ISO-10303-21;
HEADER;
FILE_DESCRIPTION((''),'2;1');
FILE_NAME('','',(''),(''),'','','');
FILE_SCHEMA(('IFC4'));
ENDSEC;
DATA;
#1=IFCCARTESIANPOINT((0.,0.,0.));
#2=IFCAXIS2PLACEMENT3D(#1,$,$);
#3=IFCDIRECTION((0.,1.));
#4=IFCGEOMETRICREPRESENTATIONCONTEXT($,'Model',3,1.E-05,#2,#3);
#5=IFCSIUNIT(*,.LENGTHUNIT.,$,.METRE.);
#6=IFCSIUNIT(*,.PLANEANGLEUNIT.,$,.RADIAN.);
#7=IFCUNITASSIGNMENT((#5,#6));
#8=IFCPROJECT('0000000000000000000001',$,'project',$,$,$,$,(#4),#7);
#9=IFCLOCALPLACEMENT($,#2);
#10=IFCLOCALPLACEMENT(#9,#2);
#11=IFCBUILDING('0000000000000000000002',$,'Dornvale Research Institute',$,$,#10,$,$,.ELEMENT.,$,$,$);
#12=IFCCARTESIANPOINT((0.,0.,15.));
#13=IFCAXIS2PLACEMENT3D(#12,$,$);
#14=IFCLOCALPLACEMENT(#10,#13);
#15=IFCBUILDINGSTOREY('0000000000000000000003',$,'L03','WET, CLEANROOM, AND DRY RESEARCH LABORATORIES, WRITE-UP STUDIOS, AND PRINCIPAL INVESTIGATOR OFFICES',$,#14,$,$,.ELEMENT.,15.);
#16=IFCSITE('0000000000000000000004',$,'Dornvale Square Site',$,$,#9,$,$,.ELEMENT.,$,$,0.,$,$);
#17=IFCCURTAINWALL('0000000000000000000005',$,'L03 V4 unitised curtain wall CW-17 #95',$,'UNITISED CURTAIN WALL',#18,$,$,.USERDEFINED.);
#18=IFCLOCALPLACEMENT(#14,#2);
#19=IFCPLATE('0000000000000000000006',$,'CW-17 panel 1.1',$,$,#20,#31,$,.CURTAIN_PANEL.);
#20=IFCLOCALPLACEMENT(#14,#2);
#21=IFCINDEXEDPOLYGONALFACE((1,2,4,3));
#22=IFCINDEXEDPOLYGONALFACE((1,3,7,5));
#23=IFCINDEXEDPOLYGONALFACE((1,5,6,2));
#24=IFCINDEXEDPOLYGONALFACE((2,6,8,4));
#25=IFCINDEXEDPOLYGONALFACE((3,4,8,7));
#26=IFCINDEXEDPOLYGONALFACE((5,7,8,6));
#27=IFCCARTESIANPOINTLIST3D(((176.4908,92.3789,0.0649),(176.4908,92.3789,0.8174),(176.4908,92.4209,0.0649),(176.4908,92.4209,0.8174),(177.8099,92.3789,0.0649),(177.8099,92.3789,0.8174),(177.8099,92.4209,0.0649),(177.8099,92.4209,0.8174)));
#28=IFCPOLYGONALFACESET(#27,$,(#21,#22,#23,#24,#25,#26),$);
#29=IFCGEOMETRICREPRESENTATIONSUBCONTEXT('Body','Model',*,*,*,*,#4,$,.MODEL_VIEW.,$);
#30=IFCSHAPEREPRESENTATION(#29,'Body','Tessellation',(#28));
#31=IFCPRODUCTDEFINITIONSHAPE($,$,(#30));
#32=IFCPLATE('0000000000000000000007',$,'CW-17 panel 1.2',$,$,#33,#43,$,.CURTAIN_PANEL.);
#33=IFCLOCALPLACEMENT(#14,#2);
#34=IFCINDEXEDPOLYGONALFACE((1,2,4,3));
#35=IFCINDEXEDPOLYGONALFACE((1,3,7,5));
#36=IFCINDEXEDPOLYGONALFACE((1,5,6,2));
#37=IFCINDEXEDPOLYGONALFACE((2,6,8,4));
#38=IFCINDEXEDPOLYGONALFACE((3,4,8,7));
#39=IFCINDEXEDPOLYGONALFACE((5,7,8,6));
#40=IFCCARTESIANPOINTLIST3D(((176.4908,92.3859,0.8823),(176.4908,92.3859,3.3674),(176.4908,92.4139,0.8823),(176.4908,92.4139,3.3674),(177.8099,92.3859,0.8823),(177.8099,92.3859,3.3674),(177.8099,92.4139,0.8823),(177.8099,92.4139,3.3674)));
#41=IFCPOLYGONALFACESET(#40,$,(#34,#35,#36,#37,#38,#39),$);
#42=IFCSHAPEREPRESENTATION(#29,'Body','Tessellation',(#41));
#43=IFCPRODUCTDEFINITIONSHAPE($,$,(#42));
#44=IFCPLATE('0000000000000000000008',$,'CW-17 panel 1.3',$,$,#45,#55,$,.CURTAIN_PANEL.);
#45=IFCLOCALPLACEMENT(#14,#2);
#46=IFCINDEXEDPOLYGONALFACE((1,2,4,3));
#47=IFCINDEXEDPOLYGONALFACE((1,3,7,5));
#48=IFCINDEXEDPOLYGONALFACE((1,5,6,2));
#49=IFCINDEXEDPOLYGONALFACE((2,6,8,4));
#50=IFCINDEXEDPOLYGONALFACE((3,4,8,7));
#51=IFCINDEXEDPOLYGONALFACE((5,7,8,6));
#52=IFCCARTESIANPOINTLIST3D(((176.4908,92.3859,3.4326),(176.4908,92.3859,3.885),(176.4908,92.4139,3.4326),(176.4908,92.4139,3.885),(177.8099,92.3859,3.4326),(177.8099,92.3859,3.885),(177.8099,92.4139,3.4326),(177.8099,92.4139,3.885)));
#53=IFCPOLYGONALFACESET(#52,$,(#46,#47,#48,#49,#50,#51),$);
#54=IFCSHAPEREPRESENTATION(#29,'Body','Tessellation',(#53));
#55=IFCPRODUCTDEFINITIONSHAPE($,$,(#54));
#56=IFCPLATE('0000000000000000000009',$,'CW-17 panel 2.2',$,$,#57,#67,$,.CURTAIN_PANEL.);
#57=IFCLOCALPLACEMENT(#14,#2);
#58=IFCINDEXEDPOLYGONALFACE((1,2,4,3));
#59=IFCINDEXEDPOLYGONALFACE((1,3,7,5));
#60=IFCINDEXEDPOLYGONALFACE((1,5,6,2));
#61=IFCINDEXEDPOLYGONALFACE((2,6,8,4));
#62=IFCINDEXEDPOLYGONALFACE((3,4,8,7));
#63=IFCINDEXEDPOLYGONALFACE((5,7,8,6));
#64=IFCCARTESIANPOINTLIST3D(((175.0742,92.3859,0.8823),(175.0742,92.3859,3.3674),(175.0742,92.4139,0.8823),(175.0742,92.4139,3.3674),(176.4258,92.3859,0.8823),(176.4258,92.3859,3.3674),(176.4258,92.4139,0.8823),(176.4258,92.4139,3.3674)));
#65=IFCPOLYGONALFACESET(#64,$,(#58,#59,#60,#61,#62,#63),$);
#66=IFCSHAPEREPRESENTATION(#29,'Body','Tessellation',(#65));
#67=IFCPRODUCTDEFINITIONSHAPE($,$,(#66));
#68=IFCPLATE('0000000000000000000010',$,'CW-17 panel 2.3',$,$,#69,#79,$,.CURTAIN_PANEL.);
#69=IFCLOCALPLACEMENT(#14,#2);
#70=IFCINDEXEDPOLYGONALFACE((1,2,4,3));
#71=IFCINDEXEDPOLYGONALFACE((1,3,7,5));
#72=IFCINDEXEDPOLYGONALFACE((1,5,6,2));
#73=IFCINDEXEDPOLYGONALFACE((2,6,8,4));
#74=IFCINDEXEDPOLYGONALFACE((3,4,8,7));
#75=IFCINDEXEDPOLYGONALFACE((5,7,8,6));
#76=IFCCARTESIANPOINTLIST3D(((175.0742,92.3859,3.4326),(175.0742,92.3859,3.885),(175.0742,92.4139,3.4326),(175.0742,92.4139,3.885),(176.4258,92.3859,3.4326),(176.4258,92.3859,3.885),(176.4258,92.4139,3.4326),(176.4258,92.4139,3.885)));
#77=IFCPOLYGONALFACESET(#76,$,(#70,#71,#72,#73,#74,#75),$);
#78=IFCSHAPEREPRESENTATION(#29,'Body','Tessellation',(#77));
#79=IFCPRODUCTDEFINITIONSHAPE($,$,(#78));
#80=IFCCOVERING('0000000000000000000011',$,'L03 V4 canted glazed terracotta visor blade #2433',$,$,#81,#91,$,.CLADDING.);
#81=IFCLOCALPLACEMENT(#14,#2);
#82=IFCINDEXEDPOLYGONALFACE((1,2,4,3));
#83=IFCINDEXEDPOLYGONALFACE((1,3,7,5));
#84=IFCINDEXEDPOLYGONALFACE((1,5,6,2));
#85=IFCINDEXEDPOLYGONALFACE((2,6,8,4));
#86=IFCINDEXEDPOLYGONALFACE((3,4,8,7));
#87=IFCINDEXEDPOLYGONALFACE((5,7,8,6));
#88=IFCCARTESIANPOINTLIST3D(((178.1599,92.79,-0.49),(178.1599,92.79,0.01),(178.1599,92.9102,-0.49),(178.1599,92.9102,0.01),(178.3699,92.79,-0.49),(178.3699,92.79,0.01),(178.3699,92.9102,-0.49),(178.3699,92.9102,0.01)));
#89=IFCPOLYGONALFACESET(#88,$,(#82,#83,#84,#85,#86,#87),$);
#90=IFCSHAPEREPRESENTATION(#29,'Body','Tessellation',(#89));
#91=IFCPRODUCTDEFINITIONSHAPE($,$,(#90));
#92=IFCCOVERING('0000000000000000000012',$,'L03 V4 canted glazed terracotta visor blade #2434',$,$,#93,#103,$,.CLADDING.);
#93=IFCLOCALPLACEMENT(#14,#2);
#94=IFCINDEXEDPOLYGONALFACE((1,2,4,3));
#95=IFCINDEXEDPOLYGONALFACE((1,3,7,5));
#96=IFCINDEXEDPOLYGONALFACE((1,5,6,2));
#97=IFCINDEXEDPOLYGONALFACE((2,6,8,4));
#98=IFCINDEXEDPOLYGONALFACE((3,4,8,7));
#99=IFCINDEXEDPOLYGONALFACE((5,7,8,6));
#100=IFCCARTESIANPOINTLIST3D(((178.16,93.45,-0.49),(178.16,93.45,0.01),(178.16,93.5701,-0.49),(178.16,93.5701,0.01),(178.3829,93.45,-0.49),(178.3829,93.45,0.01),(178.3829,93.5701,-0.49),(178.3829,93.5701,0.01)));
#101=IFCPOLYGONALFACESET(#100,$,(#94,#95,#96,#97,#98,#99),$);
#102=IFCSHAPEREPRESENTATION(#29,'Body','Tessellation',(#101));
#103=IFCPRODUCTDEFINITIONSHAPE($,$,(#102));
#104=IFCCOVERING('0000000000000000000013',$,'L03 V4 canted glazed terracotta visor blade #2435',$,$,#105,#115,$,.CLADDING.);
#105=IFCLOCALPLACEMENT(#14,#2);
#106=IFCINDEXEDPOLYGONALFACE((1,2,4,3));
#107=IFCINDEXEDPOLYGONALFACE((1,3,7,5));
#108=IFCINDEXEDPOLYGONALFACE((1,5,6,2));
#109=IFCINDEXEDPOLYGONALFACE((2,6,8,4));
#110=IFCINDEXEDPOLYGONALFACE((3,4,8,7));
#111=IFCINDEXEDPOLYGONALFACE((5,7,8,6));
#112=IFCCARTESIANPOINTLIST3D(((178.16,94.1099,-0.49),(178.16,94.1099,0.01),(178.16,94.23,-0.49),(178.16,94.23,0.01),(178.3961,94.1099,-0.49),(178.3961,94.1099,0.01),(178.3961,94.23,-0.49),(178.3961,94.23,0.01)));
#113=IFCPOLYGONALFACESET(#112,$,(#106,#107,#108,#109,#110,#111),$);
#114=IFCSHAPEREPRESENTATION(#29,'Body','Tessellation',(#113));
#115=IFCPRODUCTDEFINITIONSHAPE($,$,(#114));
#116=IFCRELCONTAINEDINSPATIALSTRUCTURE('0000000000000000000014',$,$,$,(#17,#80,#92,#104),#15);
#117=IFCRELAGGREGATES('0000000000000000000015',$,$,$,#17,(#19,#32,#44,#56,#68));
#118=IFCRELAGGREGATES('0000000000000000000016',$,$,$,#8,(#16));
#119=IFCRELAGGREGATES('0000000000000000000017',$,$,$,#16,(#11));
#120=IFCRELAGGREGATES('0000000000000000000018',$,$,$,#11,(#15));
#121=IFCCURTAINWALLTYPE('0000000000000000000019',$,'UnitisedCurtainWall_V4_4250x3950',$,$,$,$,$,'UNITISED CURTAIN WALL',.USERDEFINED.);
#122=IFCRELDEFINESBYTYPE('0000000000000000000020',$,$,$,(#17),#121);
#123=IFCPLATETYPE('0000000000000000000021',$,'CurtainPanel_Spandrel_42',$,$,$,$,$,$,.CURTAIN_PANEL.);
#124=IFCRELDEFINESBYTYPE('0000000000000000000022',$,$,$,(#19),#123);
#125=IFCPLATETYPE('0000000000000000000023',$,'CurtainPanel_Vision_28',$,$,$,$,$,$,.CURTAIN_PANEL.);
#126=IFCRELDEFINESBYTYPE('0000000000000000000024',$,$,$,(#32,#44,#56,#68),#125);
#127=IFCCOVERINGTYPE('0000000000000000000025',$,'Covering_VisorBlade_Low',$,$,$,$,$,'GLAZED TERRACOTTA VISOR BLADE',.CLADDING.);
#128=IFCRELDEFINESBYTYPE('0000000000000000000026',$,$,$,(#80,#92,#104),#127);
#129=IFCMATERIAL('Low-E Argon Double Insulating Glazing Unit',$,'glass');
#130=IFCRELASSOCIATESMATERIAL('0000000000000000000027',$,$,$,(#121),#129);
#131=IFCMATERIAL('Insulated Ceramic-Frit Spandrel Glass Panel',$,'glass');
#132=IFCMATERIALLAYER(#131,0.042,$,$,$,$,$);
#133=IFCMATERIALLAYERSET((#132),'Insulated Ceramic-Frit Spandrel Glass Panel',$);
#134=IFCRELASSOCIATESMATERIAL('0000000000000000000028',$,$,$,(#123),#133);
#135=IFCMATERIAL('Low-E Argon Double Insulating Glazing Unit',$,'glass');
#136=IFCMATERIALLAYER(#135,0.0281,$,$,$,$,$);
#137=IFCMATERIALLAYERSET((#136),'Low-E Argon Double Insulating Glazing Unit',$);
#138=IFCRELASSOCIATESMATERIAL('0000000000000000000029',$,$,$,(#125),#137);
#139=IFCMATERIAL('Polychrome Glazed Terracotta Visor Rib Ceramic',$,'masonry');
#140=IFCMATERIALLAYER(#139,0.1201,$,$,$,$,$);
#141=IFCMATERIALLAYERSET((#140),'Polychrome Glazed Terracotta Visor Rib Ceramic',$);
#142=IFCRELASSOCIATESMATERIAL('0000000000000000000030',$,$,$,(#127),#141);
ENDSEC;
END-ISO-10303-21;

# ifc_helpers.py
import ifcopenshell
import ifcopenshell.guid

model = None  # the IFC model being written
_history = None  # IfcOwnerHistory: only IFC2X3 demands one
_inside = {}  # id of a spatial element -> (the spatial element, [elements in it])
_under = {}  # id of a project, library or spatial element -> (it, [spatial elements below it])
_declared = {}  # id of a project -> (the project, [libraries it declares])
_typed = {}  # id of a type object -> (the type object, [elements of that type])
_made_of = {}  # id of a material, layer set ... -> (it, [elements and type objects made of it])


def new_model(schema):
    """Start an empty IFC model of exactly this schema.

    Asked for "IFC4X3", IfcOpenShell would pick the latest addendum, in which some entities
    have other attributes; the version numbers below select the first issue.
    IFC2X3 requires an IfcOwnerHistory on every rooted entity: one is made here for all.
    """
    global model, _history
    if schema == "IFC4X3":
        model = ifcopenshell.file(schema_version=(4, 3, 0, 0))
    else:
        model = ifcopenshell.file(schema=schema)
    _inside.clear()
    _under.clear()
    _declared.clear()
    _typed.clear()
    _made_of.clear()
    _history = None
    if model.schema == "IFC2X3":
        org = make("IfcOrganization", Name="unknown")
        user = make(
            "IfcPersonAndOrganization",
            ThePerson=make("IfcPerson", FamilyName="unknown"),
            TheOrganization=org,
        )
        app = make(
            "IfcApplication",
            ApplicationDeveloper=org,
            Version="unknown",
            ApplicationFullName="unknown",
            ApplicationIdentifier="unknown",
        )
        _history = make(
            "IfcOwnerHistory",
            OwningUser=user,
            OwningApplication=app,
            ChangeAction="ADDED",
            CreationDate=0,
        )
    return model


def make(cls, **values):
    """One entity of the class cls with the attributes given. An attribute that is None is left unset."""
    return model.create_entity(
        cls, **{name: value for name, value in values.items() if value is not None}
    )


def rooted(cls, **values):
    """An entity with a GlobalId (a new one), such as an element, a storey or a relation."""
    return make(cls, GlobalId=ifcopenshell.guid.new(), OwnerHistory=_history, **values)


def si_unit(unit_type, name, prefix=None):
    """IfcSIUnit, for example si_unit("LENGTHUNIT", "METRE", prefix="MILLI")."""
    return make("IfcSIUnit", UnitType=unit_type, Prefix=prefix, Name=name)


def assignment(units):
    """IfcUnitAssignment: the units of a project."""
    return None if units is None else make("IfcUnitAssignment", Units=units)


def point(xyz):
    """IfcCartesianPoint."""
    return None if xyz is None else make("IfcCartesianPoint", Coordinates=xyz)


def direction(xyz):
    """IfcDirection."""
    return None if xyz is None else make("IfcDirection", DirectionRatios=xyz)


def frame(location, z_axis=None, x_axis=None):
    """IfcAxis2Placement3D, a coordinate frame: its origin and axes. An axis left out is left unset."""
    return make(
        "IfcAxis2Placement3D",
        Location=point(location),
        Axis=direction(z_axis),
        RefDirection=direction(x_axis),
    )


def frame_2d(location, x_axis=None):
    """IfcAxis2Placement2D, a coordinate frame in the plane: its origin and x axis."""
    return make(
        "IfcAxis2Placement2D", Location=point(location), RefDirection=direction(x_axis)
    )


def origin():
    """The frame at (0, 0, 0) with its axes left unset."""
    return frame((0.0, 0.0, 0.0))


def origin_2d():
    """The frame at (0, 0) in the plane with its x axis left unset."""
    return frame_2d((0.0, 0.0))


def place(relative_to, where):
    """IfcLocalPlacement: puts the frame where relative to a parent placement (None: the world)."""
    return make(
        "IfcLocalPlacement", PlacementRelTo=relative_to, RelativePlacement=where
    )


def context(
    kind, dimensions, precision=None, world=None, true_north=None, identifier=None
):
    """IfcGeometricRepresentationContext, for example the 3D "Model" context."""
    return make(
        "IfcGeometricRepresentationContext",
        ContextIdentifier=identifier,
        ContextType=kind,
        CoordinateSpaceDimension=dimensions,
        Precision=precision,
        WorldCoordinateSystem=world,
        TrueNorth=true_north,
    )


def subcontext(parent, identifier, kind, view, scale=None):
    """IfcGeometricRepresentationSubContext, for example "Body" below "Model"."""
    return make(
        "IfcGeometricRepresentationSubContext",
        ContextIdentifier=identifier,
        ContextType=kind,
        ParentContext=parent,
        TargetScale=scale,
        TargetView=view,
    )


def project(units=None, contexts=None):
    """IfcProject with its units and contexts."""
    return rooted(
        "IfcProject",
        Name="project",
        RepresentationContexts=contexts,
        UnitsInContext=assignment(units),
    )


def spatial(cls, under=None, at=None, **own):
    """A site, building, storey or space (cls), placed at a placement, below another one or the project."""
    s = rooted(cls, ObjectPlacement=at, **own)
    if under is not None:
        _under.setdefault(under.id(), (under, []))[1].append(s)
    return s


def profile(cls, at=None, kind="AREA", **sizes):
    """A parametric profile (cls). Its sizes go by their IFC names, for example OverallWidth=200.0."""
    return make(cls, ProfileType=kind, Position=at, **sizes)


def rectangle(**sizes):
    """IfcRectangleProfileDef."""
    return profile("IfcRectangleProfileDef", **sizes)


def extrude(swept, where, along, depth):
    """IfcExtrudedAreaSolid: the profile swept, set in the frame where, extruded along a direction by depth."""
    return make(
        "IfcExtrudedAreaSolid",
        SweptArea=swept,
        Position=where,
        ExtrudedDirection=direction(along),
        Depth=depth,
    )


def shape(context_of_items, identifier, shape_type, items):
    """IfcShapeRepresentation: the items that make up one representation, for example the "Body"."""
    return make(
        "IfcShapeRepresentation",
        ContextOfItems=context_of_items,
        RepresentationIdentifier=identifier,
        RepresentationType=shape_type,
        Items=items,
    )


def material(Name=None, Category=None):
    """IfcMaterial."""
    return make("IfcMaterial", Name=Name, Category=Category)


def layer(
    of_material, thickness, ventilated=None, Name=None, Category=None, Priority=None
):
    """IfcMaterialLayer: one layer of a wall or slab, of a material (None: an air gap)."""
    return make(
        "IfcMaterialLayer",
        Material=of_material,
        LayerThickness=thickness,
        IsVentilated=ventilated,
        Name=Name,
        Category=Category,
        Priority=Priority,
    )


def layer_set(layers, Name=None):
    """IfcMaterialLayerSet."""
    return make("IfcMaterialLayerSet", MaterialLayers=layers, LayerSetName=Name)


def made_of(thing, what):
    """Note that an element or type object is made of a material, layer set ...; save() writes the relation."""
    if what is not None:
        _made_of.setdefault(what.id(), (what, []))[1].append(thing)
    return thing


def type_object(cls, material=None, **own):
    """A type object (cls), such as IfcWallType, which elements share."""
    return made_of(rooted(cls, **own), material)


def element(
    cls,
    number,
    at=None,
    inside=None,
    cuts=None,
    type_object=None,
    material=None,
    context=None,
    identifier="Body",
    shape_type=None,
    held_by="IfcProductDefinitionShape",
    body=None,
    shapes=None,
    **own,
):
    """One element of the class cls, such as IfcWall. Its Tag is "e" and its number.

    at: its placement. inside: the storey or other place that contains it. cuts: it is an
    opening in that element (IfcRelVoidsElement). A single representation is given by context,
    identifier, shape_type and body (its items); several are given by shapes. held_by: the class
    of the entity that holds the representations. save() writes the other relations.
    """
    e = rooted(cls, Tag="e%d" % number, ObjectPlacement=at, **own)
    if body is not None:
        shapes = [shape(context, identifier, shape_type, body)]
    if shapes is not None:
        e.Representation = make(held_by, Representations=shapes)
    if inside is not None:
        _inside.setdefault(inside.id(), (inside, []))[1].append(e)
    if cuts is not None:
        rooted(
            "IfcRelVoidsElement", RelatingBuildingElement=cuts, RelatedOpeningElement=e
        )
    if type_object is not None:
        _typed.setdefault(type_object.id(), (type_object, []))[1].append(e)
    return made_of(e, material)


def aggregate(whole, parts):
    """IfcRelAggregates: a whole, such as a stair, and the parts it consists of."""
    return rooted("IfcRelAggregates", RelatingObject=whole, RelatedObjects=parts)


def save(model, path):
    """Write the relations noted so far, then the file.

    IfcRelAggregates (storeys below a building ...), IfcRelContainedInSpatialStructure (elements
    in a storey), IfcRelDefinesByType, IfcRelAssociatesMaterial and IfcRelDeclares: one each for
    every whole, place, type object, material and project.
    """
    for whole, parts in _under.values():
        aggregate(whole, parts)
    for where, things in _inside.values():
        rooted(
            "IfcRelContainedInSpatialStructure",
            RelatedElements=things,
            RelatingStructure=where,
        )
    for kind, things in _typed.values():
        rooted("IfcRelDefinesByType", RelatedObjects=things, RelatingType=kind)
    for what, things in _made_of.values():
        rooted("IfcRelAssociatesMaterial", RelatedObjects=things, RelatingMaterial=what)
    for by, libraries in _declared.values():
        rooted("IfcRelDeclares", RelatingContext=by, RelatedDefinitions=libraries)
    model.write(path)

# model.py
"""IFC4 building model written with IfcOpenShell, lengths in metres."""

from ifc_helpers import new_model, si_unit, direction, frame, origin, origin_2d, place, context, subcontext, project, spatial, rectangle, extrude, material, layer, layer_set, type_object, element, aggregate, save


model = new_model("IFC4")

# Units and contexts
model_context = context("Model", 3, precision=1e-05, world=origin(), true_north=direction((0.0, 1.0)))
body_context = subcontext(model_context, "Body", "Model", "MODEL_VIEW")
ifc_project = project(units=[si_unit("LENGTHUNIT", "METRE"), si_unit("PLANEANGLEUNIT", "RADIAN")], contexts=[model_context])

# Site, building, storey
site_placement = place(None, origin())
site = spatial("IfcSite", under=ifc_project, at=site_placement, Name="Dornvale Square Site", CompositionType="ELEMENT", RefElevation=0.0)
building_placement = place(site_placement, origin())
building = spatial("IfcBuilding", under=site, at=building_placement, Name="Dornvale Research Institute", CompositionType="ELEMENT")
storey_placement = place(building_placement, frame((0.0, 0.0, 15.0)))
storey = spatial("IfcBuildingStorey", under=building, at=storey_placement, Name="L03", Description="WET, CLEANROOM, AND DRY RESEARCH LABORATORIES, WRITE-UP STUDIOS, AND PRINCIPAL INVESTIGATOR OFFICES", CompositionType="ELEMENT", Elevation=15.0)

# Curtain wall
ifc_material_1 = material(Name="Low-E Argon Double Insulating Glazing Unit", Category="glass")
curtain_wall_type = type_object("IfcCurtainWallType", Name="UnitisedCurtainWall_V4_4250x3950", ElementType="UNITISED CURTAIN WALL", PredefinedType="USERDEFINED", material=ifc_material_1)
curtain_wall_placement = place(storey_placement, origin())
curtain_wall = element("IfcCurtainWall", 1, at=curtain_wall_placement, inside=storey, type_object=curtain_wall_type, Name="L03 V4 unitised curtain wall CW-17 #95", ObjectType="UNITISED CURTAIN WALL", PredefinedType="USERDEFINED")

# Plates
ifc_material_2 = material(Name="Insulated Ceramic-Frit Spandrel Glass Panel", Category="glass")
ifc_layer_1 = layer(ifc_material_2, 0.042)
ifc_layer_set_1 = layer_set([ifc_layer_1], Name="Insulated Ceramic-Frit Spandrel Glass Panel")
plate_type_1 = type_object("IfcPlateType", Name="CurtainPanel_Spandrel_42", PredefinedType="CURTAIN_PANEL", material=ifc_layer_set_1)
plate_1_placement = place(storey_placement, frame((177.1504, 92.3999, 0.0649), z_axis=(0.0, 0.0, 1.0), x_axis=(-1.0, 0.0, 0.0)))
plate_1 = element("IfcPlate", 2, at=plate_1_placement, type_object=plate_type_1, Name="CW-17 panel 1.1", PredefinedType="CURTAIN_PANEL", context=body_context, shape_type="SweptSolid", body=[
    extrude(rectangle(XDim=1.3191, YDim=0.042, at=origin_2d()), origin(), (0.0, 0.0, 1.0), 0.7524),
])
ifc_material_3 = material(Name="Low-E Argon Double Insulating Glazing Unit", Category="glass")
ifc_layer_2 = layer(ifc_material_3, 0.0281)
ifc_layer_set_2 = layer_set([ifc_layer_2], Name="Low-E Argon Double Insulating Glazing Unit")
plate_type_2 = type_object("IfcPlateType", Name="CurtainPanel_Vision_28", PredefinedType="CURTAIN_PANEL", material=ifc_layer_set_2)
plate_2_placement = place(storey_placement, frame((177.1504, 92.3999, 0.8823), z_axis=(0.0, 0.0, 1.0), x_axis=(-1.0, 0.0, 0.0)))
plate_2 = element("IfcPlate", 3, at=plate_2_placement, type_object=plate_type_2, Name="CW-17 panel 1.2", PredefinedType="CURTAIN_PANEL", context=body_context, shape_type="SweptSolid", body=[
    extrude(rectangle(XDim=1.3191, YDim=0.0281, at=origin_2d()), origin(), (0.0, 0.0, 1.0), 2.4851),
])
plate_3_placement = place(storey_placement, frame((177.1504, 92.3999, 3.4326), z_axis=(0.0, 0.0, 1.0), x_axis=(-1.0, 0.0, 0.0)))
plate_3 = element("IfcPlate", 4, at=plate_3_placement, type_object=plate_type_2, Name="CW-17 panel 1.3", PredefinedType="CURTAIN_PANEL", context=body_context, shape_type="SweptSolid", body=[
    extrude(rectangle(XDim=1.3191, YDim=0.0281, at=origin_2d()), origin(), (0.0, 0.0, 1.0), 0.4524),
])
plate_4_placement = place(storey_placement, frame((175.75, 92.3999, 0.8823), z_axis=(0.0, 0.0, 1.0), x_axis=(-1.0, 0.0, 0.0)))
plate_4 = element("IfcPlate", 5, at=plate_4_placement, type_object=plate_type_2, Name="CW-17 panel 2.2", PredefinedType="CURTAIN_PANEL", context=body_context, shape_type="SweptSolid", body=[
    extrude(rectangle(XDim=1.3516, YDim=0.0281, at=origin_2d()), origin(), (0.0, 0.0, 1.0), 2.4851),
])
plate_5_placement = place(storey_placement, frame((175.75, 92.3999, 3.4326), z_axis=(0.0, 0.0, 1.0), x_axis=(-1.0, 0.0, 0.0)))
plate_5 = element("IfcPlate", 6, at=plate_5_placement, type_object=plate_type_2, Name="CW-17 panel 2.3", PredefinedType="CURTAIN_PANEL", context=body_context, shape_type="SweptSolid", body=[
    extrude(rectangle(XDim=1.3516, YDim=0.0281, at=origin_2d()), origin(), (0.0, 0.0, 1.0), 0.4524),
])
aggregate(curtain_wall, [plate_1, plate_2, plate_3, plate_4, plate_5])

# Coverings
ifc_material_4 = material(Name="Polychrome Glazed Terracotta Visor Rib Ceramic", Category="masonry")
ifc_layer_3 = layer(ifc_material_4, 0.1201)
ifc_layer_set_3 = layer_set([ifc_layer_3], Name="Polychrome Glazed Terracotta Visor Rib Ceramic")
covering_type = type_object("IfcCoveringType", Name="Covering_VisorBlade_Low", ElementType="GLAZED TERRACOTTA VISOR BLADE", PredefinedType="CLADDING", material=ifc_layer_set_3)
covering_1_placement = place(storey_placement, frame((178.2649, 92.8501, -0.49), z_axis=(0.0, 0.0, 1.0), x_axis=(1.0, 0.0, 0.0)))
element("IfcCovering", 7, at=covering_1_placement, inside=storey, type_object=covering_type, Name="L03 V4 canted glazed terracotta visor blade #2433", PredefinedType="CLADDING", context=body_context, shape_type="SweptSolid", body=[
    extrude(rectangle(XDim=0.21, YDim=0.1201, at=origin_2d()), origin(), (0.0, 0.0, 1.0), 0.5),
])
covering_2_placement = place(storey_placement, frame((178.2715, 93.51, -0.49), z_axis=(0.0, 0.0, 1.0), x_axis=(1.0, 0.0, 0.0)))
element("IfcCovering", 8, at=covering_2_placement, inside=storey, type_object=covering_type, Name="L03 V4 canted glazed terracotta visor blade #2434", PredefinedType="CLADDING", context=body_context, shape_type="SweptSolid", body=[
    extrude(rectangle(XDim=0.2229, YDim=0.1201, at=origin_2d()), origin(), (0.0, 0.0, 1.0), 0.5),
])
covering_3_placement = place(storey_placement, frame((178.2781, 94.1699, -0.49), z_axis=(0.0, 0.0, 1.0), x_axis=(1.0, 0.0, 0.0)))
element("IfcCovering", 9, at=covering_3_placement, inside=storey, type_object=covering_type, Name="L03 V4 canted glazed terracotta visor blade #2435", PredefinedType="CLADDING", context=body_context, shape_type="SweptSolid", body=[
    extrude(rectangle(XDim=0.2361, YDim=0.1201, at=origin_2d()), origin(), (0.0, 0.0, 1.0), 0.5),
])

save(model, "model.ifc")
